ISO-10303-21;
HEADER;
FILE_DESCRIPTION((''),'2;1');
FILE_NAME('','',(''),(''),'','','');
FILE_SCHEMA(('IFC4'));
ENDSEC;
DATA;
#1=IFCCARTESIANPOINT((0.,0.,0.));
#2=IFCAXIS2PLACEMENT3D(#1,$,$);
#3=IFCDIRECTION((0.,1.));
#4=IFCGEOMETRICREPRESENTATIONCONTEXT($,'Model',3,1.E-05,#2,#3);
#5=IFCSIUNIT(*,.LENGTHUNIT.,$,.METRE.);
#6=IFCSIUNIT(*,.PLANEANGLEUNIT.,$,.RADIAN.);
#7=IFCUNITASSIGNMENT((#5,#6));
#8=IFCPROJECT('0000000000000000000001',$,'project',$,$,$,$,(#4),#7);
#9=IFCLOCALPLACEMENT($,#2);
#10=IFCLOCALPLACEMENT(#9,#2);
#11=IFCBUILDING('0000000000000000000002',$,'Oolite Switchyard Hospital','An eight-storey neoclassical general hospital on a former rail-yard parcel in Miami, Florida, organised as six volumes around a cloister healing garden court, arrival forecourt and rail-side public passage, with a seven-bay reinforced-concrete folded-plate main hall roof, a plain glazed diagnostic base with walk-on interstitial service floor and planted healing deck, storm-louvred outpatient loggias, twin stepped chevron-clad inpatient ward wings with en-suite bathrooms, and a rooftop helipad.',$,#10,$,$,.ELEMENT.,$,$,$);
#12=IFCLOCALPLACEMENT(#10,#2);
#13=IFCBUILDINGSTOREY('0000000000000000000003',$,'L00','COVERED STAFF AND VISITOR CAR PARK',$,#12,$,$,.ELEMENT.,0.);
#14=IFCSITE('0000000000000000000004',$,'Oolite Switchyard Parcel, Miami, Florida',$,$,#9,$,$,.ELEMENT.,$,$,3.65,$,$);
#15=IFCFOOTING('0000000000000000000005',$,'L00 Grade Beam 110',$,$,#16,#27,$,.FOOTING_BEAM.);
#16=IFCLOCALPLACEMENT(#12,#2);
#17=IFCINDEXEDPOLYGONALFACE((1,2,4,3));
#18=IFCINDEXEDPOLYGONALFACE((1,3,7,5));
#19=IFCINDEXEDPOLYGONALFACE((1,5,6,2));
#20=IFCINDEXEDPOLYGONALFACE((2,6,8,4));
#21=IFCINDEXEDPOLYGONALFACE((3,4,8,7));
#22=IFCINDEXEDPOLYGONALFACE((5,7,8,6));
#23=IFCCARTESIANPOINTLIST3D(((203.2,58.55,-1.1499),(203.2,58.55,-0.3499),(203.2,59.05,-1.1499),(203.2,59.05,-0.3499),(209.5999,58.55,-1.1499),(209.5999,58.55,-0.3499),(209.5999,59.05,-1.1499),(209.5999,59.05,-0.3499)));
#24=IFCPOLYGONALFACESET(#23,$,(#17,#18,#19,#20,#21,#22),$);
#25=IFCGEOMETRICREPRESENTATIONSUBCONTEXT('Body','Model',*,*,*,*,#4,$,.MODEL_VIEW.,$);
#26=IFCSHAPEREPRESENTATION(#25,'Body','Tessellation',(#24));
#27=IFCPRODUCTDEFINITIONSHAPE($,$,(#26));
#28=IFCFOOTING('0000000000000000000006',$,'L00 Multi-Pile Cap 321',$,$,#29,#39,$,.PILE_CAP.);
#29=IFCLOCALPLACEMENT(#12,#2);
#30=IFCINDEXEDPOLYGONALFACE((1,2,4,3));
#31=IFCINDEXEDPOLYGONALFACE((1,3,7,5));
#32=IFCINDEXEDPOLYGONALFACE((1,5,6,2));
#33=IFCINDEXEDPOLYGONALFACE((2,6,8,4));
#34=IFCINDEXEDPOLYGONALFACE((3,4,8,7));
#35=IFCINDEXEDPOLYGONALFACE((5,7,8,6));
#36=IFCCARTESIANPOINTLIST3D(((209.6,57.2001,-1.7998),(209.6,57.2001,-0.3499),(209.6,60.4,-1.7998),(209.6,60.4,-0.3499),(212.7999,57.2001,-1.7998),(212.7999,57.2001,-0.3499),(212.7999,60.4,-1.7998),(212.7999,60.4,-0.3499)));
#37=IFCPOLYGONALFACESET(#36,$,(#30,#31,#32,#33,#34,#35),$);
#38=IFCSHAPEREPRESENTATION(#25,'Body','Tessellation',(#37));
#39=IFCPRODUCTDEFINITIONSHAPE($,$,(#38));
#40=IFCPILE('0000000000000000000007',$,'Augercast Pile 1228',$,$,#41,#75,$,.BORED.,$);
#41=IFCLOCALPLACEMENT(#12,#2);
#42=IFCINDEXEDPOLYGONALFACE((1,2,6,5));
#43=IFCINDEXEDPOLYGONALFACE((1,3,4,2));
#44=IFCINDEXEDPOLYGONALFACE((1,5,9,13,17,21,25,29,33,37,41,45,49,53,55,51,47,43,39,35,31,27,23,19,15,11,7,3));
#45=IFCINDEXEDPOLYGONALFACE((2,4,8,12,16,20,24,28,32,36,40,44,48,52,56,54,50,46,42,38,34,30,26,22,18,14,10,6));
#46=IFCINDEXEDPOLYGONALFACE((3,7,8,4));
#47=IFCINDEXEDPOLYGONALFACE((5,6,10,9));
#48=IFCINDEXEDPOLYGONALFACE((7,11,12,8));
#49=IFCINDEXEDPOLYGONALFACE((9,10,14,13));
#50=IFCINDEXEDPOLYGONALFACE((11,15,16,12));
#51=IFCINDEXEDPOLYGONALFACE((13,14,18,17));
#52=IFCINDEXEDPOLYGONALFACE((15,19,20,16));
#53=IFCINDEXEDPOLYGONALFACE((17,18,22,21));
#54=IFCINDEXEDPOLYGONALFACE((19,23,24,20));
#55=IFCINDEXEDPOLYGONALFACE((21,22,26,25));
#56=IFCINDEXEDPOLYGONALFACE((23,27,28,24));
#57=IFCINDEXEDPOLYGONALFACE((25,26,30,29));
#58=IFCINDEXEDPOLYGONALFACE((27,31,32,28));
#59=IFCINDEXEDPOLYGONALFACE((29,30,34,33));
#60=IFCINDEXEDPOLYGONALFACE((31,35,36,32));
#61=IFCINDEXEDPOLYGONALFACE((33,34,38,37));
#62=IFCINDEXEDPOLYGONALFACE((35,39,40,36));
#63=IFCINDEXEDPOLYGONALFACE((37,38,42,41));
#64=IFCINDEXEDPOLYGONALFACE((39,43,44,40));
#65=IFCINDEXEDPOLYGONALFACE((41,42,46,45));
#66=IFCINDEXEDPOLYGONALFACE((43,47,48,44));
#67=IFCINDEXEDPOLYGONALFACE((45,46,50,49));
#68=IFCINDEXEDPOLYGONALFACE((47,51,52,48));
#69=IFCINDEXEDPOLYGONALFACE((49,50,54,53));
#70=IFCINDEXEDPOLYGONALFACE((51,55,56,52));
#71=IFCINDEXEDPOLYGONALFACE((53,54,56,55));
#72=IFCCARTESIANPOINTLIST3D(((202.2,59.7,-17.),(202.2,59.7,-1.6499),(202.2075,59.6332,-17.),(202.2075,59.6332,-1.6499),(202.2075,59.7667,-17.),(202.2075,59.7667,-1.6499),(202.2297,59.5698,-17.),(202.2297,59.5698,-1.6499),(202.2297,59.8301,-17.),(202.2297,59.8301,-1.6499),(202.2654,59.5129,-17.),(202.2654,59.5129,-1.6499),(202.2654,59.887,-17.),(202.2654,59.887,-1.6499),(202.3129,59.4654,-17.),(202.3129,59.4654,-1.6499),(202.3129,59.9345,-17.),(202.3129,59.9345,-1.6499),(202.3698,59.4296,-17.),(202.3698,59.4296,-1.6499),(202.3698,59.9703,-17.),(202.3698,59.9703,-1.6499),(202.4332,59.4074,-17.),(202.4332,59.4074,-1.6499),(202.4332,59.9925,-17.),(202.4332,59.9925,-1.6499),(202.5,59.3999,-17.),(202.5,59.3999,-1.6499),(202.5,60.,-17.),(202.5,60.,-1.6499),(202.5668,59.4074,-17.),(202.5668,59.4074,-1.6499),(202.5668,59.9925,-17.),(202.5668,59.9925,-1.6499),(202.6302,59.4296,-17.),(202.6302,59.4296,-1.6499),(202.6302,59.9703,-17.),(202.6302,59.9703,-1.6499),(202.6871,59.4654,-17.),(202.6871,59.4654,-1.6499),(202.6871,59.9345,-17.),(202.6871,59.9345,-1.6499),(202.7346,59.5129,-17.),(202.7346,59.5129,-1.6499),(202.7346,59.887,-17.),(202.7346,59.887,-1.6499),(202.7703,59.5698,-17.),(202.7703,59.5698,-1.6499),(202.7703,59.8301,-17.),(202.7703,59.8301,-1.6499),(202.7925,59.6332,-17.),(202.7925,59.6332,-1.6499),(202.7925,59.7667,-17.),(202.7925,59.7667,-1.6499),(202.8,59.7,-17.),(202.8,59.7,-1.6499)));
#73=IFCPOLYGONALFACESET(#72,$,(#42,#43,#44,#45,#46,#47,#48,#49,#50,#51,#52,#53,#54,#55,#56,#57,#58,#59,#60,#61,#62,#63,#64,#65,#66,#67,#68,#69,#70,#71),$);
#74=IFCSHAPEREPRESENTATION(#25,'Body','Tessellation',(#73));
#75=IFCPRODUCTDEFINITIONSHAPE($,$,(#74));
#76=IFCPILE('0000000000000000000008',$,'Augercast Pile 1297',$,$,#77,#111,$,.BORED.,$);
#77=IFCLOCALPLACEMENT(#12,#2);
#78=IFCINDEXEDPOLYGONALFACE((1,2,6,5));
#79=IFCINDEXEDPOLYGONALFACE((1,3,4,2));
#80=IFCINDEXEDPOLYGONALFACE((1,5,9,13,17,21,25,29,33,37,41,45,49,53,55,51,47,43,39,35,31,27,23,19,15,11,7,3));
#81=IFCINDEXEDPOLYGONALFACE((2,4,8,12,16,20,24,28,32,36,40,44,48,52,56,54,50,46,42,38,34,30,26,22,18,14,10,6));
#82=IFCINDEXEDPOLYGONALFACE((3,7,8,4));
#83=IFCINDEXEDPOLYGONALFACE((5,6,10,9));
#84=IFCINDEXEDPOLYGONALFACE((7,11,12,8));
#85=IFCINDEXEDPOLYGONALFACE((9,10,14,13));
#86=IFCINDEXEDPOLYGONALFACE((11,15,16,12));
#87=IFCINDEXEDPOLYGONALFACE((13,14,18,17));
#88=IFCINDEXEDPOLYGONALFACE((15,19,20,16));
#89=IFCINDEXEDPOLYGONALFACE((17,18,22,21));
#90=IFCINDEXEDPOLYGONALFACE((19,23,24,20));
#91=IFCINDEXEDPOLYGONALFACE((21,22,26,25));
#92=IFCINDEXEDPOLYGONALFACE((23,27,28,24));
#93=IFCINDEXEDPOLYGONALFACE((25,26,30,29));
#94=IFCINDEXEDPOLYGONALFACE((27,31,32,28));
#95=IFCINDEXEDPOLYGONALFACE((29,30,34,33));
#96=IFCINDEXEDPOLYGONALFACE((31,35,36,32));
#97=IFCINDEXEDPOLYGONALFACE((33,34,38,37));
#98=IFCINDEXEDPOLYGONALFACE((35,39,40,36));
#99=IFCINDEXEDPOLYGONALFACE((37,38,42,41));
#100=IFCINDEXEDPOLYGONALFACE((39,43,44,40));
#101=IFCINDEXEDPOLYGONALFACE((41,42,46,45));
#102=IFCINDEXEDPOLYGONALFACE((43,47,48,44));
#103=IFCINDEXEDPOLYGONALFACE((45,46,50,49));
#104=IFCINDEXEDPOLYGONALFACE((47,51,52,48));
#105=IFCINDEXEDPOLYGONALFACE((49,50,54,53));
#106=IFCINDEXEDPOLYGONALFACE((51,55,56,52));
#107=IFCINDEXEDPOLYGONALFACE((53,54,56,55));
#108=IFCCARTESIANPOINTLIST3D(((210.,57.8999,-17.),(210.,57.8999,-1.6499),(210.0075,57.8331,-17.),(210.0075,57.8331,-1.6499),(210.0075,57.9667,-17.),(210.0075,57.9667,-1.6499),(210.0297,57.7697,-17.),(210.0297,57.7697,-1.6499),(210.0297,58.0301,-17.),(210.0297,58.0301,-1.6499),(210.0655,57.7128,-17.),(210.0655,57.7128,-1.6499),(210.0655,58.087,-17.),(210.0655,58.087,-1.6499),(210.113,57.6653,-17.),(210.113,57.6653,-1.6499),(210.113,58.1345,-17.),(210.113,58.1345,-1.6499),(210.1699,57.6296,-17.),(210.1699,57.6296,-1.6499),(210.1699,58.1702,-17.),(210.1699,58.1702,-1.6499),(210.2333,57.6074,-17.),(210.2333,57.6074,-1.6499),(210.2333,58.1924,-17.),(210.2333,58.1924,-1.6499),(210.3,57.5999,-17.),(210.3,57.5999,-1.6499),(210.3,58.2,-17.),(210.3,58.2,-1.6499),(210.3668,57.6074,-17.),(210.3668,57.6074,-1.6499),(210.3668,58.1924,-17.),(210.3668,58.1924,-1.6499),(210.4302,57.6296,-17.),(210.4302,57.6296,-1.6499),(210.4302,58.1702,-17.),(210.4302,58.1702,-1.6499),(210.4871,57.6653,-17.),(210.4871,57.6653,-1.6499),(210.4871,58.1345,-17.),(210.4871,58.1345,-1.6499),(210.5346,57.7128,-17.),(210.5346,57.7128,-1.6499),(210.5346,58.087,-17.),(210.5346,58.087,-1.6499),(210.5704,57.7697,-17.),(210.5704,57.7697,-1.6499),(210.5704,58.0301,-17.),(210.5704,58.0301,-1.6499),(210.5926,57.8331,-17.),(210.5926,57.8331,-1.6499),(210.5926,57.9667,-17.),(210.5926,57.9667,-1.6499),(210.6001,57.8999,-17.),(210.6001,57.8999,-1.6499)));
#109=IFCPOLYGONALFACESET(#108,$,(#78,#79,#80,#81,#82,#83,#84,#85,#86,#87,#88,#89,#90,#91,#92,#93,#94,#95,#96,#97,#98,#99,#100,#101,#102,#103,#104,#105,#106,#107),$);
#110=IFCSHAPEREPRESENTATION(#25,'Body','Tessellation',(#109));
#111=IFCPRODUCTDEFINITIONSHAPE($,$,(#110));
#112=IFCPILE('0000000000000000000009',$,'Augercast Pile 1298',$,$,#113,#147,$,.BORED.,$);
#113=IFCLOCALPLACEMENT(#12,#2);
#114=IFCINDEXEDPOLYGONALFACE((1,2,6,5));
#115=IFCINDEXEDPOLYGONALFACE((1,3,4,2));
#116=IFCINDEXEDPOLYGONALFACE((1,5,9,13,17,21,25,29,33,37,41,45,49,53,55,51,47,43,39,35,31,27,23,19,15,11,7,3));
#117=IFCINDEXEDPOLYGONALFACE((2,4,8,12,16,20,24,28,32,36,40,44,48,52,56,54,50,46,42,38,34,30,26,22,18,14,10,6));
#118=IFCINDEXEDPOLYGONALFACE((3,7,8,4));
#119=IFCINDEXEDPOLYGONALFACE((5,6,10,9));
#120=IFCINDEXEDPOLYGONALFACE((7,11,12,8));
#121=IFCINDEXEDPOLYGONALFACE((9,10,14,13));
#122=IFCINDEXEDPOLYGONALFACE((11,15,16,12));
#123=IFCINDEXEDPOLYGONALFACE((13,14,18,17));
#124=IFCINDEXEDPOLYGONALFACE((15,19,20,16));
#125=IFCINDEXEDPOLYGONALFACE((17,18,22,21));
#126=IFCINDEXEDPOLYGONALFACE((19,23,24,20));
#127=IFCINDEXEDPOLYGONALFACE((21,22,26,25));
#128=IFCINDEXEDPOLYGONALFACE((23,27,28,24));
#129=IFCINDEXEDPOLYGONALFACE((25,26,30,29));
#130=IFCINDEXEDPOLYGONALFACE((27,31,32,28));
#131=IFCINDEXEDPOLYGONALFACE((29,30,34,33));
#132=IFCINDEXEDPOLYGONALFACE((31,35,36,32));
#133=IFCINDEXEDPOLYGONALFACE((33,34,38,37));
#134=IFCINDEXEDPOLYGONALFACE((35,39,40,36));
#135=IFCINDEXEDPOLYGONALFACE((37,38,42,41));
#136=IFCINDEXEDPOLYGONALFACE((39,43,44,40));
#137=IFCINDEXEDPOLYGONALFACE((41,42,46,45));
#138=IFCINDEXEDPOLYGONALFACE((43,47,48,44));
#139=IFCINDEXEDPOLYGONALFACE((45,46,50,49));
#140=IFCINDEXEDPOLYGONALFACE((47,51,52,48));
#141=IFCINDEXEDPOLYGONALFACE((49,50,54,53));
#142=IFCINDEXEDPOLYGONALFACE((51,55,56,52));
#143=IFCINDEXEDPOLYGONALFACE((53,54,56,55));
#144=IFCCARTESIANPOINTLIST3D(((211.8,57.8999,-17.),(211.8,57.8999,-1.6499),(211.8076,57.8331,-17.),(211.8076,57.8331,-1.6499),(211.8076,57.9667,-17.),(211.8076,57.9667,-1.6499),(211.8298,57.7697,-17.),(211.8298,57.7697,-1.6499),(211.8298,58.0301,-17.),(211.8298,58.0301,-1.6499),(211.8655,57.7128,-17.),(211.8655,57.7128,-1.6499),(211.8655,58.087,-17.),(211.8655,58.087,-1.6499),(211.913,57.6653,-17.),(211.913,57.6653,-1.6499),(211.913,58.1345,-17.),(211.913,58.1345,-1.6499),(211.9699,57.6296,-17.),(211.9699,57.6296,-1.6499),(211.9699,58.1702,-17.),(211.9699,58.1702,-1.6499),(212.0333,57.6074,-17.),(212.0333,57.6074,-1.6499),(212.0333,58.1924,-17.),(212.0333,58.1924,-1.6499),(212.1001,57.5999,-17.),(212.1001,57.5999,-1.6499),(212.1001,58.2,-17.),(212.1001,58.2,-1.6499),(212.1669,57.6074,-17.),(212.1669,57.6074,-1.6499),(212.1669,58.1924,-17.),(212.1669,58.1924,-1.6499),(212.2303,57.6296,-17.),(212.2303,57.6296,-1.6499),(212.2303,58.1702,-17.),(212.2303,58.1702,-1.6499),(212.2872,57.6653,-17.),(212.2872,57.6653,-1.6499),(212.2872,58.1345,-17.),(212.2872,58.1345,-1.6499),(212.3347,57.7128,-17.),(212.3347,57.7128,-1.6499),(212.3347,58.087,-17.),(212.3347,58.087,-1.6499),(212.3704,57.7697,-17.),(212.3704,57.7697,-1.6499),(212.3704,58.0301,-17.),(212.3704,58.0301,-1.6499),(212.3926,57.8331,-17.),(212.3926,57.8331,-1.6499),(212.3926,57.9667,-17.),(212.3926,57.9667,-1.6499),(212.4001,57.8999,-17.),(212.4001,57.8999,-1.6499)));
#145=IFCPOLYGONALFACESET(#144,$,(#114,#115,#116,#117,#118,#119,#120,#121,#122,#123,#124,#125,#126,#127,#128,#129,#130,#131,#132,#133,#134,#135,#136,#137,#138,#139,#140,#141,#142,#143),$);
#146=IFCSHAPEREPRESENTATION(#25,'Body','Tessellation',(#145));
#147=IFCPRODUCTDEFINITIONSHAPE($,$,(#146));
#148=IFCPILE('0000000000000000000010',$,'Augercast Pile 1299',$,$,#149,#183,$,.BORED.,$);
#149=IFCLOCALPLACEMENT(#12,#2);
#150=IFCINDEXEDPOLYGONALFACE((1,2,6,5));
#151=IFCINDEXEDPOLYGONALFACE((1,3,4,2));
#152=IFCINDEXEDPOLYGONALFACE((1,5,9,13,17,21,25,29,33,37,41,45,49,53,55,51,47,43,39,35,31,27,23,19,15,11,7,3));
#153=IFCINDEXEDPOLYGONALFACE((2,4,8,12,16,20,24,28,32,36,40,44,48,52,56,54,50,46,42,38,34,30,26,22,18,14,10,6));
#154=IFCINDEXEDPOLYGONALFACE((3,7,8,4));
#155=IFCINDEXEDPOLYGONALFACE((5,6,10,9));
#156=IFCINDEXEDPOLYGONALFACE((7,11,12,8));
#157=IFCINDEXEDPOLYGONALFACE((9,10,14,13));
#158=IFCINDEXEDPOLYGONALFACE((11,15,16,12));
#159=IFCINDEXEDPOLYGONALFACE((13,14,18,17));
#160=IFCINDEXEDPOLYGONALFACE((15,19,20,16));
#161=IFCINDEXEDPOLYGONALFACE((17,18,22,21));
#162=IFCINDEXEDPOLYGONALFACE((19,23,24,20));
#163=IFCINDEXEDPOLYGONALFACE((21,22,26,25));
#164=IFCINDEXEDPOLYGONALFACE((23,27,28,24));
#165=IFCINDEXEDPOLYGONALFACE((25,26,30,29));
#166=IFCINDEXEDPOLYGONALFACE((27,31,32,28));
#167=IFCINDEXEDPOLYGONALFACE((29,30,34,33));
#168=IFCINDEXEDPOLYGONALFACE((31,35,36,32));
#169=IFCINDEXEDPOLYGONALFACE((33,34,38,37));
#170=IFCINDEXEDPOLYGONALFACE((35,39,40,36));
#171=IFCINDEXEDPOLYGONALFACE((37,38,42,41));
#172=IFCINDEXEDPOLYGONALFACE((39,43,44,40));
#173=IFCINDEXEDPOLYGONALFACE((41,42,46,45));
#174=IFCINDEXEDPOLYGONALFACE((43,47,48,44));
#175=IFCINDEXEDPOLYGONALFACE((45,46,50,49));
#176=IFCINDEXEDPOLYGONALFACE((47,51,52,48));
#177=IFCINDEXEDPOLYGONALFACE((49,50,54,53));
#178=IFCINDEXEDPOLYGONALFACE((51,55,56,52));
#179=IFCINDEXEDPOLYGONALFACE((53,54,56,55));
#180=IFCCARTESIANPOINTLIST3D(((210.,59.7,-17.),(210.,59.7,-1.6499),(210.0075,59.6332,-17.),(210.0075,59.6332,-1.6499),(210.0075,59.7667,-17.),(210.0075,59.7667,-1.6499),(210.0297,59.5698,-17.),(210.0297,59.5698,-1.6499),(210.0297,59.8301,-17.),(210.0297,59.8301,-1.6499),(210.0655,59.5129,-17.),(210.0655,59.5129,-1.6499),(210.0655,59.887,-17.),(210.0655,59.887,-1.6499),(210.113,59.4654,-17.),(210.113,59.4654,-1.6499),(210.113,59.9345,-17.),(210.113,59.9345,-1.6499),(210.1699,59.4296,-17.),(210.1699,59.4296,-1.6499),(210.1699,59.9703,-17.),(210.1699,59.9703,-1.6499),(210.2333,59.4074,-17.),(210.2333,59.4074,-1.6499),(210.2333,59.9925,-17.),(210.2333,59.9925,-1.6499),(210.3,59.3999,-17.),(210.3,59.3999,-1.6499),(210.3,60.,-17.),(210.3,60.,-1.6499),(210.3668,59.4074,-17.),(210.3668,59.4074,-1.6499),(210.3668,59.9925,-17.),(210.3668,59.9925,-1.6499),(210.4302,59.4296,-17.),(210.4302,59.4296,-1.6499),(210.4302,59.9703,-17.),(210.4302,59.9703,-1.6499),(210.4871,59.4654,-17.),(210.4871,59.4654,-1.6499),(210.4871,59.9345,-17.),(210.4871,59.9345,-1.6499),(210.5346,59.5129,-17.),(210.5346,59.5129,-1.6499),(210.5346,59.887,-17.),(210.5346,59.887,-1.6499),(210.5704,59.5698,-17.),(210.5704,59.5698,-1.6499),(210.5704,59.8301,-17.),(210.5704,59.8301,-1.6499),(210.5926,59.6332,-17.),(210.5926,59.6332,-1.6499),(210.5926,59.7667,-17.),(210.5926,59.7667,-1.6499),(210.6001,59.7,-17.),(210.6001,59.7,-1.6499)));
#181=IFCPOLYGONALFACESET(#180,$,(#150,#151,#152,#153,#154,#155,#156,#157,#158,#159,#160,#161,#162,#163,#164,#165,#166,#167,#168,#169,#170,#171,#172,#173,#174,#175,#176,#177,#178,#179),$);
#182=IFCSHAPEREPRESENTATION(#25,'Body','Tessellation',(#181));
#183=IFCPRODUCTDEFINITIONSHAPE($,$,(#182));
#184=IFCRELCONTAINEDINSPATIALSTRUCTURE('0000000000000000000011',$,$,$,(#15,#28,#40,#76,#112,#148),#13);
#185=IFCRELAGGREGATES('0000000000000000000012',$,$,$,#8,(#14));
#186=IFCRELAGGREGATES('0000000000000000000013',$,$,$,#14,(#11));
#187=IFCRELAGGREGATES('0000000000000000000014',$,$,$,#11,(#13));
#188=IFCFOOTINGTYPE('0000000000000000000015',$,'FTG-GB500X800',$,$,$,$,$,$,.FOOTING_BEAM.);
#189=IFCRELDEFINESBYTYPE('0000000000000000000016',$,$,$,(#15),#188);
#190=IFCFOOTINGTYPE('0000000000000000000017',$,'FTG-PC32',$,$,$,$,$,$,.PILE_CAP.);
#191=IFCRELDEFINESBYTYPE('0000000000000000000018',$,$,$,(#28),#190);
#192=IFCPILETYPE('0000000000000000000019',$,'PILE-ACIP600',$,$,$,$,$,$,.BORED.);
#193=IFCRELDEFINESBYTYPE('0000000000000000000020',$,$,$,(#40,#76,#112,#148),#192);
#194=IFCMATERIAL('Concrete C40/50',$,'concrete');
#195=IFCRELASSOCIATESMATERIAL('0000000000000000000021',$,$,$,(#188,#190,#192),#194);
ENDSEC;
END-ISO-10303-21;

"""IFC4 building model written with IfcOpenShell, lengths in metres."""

from ifc_helpers import new_model, si_unit, direction, frame, origin, origin_2d, place, context, subcontext, project, spatial, rectangle, circle, extrude, material, material_profile, profile_set, type_object, element, save


model = new_model("IFC4")

# Units and contexts
model_context = context("Model", 3, precision=1e-05, world=origin(), true_north=direction((0.0, 1.0)))
body_context = subcontext(model_context, "Body", "Model", "MODEL_VIEW")
ifc_project = project(units=[si_unit("LENGTHUNIT", "METRE"), si_unit("PLANEANGLEUNIT", "RADIAN")], contexts=[model_context])

# Site, building, storey
site_placement = place(None, origin())
site = spatial("IfcSite", under=ifc_project, at=site_placement, Name="Oolite Switchyard Parcel, Miami, Florida", CompositionType="ELEMENT", RefElevation=3.65)
building_placement = place(site_placement, origin())
building = spatial("IfcBuilding", under=site, at=building_placement, Name="Oolite Switchyard Hospital", Description="An eight-storey neoclassical general hospital on a former rail-yard parcel in Miami, Florida, organised as six volumes around a cloister healing garden court, arrival forecourt and rail-side public passage, with a seven-bay reinforced-concrete folded-plate main hall roof, a plain glazed diagnostic base with walk-on interstitial service floor and planted healing deck, storm-louvred outpatient loggias, twin stepped chevron-clad inpatient ward wings with en-suite bathrooms, and a rooftop helipad.", CompositionType="ELEMENT")
storey_placement = place(building_placement, origin())
storey = spatial("IfcBuildingStorey", under=building, at=storey_placement, Name="L00", Description="COVERED STAFF AND VISITOR CAR PARK", CompositionType="ELEMENT", Elevation=0.0)

# Footings
ifc_material_1 = material(Name="Concrete C40/50", Category="concrete")
footing_type_1 = type_object("IfcFootingType", Name="FTG-GB500X800", PredefinedType="FOOTING_BEAM", material=ifc_material_1)
footing_1_placement = place(storey_placement, frame((206.3999, 58.8, -1.1499), z_axis=(0.0, 0.0, 1.0), x_axis=(1.0, 0.0, 0.0)))
element("IfcFooting", 1, at=footing_1_placement, inside=storey, type_object=footing_type_1, Name="L00 Grade Beam 110", PredefinedType="FOOTING_BEAM", context=body_context, shape_type="SweptSolid", body=[
    extrude(rectangle(XDim=6.3999, YDim=0.5, at=origin_2d()), origin(), (0.0, 0.0, 1.0), 0.8),
])
footing_type_2 = type_object("IfcFootingType", Name="FTG-PC32", PredefinedType="PILE_CAP", material=ifc_material_1)
footing_2_placement = place(storey_placement, frame((211.2, 58.8, -1.7998), z_axis=(0.0, 0.0, 1.0), x_axis=(1.0, 0.0, 0.0)))
element("IfcFooting", 2, at=footing_2_placement, inside=storey, type_object=footing_type_2, Name="L00 Multi-Pile Cap 321", PredefinedType="PILE_CAP", context=body_context, shape_type="SweptSolid", body=[
    extrude(rectangle(XDim=3.2, YDim=3.2, at=origin_2d()), origin(), (0.0, 0.0, 1.0), 1.45),
])

# Piles
ifc_material_profile_1 = material_profile(ifc_material_1, circle(Radius=0.3, at=origin_2d()), Name="PILE600")
ifc_profile_set_1 = profile_set([ifc_material_profile_1], Name="Concrete C40/50")
pile_type = type_object("IfcPileType", Name="PILE-ACIP600", PredefinedType="BORED", material=ifc_profile_set_1)
for number, where, z_axis, x_axis, name in (
    (3, (202.5, 59.7, -1.6499), (0.0, 0.0, -1.0), (1.0, 0.0, 0.0), "Augercast Pile 1228"),
    (4, (210.3, 57.8999, -1.6499), (0.0, 0.0, -1.0), (1.0, 0.0, 0.0), "Augercast Pile 1297"),
    (5, (212.1001, 57.8999, -1.6499), (0.0, 0.0, -1.0), (1.0, 0.0, 0.0), "Augercast Pile 1298"),
    (6, (210.3, 59.7, -1.6499), (0.0, 0.0, -1.0), (1.0, 0.0, 0.0), "Augercast Pile 1299"),
):
    element("IfcPile", number, at=place(storey_placement, frame(where, z_axis=z_axis, x_axis=x_axis)), inside=storey, type_object=pile_type, Name=name, PredefinedType="BORED", context=body_context, shape_type="SweptSolid", body=[
        extrude(circle(Radius=0.3, at=origin_2d()), origin(), (0.0, 0.0, 1.0), 15.3501),
    ])

save(model, "model.ifc")
